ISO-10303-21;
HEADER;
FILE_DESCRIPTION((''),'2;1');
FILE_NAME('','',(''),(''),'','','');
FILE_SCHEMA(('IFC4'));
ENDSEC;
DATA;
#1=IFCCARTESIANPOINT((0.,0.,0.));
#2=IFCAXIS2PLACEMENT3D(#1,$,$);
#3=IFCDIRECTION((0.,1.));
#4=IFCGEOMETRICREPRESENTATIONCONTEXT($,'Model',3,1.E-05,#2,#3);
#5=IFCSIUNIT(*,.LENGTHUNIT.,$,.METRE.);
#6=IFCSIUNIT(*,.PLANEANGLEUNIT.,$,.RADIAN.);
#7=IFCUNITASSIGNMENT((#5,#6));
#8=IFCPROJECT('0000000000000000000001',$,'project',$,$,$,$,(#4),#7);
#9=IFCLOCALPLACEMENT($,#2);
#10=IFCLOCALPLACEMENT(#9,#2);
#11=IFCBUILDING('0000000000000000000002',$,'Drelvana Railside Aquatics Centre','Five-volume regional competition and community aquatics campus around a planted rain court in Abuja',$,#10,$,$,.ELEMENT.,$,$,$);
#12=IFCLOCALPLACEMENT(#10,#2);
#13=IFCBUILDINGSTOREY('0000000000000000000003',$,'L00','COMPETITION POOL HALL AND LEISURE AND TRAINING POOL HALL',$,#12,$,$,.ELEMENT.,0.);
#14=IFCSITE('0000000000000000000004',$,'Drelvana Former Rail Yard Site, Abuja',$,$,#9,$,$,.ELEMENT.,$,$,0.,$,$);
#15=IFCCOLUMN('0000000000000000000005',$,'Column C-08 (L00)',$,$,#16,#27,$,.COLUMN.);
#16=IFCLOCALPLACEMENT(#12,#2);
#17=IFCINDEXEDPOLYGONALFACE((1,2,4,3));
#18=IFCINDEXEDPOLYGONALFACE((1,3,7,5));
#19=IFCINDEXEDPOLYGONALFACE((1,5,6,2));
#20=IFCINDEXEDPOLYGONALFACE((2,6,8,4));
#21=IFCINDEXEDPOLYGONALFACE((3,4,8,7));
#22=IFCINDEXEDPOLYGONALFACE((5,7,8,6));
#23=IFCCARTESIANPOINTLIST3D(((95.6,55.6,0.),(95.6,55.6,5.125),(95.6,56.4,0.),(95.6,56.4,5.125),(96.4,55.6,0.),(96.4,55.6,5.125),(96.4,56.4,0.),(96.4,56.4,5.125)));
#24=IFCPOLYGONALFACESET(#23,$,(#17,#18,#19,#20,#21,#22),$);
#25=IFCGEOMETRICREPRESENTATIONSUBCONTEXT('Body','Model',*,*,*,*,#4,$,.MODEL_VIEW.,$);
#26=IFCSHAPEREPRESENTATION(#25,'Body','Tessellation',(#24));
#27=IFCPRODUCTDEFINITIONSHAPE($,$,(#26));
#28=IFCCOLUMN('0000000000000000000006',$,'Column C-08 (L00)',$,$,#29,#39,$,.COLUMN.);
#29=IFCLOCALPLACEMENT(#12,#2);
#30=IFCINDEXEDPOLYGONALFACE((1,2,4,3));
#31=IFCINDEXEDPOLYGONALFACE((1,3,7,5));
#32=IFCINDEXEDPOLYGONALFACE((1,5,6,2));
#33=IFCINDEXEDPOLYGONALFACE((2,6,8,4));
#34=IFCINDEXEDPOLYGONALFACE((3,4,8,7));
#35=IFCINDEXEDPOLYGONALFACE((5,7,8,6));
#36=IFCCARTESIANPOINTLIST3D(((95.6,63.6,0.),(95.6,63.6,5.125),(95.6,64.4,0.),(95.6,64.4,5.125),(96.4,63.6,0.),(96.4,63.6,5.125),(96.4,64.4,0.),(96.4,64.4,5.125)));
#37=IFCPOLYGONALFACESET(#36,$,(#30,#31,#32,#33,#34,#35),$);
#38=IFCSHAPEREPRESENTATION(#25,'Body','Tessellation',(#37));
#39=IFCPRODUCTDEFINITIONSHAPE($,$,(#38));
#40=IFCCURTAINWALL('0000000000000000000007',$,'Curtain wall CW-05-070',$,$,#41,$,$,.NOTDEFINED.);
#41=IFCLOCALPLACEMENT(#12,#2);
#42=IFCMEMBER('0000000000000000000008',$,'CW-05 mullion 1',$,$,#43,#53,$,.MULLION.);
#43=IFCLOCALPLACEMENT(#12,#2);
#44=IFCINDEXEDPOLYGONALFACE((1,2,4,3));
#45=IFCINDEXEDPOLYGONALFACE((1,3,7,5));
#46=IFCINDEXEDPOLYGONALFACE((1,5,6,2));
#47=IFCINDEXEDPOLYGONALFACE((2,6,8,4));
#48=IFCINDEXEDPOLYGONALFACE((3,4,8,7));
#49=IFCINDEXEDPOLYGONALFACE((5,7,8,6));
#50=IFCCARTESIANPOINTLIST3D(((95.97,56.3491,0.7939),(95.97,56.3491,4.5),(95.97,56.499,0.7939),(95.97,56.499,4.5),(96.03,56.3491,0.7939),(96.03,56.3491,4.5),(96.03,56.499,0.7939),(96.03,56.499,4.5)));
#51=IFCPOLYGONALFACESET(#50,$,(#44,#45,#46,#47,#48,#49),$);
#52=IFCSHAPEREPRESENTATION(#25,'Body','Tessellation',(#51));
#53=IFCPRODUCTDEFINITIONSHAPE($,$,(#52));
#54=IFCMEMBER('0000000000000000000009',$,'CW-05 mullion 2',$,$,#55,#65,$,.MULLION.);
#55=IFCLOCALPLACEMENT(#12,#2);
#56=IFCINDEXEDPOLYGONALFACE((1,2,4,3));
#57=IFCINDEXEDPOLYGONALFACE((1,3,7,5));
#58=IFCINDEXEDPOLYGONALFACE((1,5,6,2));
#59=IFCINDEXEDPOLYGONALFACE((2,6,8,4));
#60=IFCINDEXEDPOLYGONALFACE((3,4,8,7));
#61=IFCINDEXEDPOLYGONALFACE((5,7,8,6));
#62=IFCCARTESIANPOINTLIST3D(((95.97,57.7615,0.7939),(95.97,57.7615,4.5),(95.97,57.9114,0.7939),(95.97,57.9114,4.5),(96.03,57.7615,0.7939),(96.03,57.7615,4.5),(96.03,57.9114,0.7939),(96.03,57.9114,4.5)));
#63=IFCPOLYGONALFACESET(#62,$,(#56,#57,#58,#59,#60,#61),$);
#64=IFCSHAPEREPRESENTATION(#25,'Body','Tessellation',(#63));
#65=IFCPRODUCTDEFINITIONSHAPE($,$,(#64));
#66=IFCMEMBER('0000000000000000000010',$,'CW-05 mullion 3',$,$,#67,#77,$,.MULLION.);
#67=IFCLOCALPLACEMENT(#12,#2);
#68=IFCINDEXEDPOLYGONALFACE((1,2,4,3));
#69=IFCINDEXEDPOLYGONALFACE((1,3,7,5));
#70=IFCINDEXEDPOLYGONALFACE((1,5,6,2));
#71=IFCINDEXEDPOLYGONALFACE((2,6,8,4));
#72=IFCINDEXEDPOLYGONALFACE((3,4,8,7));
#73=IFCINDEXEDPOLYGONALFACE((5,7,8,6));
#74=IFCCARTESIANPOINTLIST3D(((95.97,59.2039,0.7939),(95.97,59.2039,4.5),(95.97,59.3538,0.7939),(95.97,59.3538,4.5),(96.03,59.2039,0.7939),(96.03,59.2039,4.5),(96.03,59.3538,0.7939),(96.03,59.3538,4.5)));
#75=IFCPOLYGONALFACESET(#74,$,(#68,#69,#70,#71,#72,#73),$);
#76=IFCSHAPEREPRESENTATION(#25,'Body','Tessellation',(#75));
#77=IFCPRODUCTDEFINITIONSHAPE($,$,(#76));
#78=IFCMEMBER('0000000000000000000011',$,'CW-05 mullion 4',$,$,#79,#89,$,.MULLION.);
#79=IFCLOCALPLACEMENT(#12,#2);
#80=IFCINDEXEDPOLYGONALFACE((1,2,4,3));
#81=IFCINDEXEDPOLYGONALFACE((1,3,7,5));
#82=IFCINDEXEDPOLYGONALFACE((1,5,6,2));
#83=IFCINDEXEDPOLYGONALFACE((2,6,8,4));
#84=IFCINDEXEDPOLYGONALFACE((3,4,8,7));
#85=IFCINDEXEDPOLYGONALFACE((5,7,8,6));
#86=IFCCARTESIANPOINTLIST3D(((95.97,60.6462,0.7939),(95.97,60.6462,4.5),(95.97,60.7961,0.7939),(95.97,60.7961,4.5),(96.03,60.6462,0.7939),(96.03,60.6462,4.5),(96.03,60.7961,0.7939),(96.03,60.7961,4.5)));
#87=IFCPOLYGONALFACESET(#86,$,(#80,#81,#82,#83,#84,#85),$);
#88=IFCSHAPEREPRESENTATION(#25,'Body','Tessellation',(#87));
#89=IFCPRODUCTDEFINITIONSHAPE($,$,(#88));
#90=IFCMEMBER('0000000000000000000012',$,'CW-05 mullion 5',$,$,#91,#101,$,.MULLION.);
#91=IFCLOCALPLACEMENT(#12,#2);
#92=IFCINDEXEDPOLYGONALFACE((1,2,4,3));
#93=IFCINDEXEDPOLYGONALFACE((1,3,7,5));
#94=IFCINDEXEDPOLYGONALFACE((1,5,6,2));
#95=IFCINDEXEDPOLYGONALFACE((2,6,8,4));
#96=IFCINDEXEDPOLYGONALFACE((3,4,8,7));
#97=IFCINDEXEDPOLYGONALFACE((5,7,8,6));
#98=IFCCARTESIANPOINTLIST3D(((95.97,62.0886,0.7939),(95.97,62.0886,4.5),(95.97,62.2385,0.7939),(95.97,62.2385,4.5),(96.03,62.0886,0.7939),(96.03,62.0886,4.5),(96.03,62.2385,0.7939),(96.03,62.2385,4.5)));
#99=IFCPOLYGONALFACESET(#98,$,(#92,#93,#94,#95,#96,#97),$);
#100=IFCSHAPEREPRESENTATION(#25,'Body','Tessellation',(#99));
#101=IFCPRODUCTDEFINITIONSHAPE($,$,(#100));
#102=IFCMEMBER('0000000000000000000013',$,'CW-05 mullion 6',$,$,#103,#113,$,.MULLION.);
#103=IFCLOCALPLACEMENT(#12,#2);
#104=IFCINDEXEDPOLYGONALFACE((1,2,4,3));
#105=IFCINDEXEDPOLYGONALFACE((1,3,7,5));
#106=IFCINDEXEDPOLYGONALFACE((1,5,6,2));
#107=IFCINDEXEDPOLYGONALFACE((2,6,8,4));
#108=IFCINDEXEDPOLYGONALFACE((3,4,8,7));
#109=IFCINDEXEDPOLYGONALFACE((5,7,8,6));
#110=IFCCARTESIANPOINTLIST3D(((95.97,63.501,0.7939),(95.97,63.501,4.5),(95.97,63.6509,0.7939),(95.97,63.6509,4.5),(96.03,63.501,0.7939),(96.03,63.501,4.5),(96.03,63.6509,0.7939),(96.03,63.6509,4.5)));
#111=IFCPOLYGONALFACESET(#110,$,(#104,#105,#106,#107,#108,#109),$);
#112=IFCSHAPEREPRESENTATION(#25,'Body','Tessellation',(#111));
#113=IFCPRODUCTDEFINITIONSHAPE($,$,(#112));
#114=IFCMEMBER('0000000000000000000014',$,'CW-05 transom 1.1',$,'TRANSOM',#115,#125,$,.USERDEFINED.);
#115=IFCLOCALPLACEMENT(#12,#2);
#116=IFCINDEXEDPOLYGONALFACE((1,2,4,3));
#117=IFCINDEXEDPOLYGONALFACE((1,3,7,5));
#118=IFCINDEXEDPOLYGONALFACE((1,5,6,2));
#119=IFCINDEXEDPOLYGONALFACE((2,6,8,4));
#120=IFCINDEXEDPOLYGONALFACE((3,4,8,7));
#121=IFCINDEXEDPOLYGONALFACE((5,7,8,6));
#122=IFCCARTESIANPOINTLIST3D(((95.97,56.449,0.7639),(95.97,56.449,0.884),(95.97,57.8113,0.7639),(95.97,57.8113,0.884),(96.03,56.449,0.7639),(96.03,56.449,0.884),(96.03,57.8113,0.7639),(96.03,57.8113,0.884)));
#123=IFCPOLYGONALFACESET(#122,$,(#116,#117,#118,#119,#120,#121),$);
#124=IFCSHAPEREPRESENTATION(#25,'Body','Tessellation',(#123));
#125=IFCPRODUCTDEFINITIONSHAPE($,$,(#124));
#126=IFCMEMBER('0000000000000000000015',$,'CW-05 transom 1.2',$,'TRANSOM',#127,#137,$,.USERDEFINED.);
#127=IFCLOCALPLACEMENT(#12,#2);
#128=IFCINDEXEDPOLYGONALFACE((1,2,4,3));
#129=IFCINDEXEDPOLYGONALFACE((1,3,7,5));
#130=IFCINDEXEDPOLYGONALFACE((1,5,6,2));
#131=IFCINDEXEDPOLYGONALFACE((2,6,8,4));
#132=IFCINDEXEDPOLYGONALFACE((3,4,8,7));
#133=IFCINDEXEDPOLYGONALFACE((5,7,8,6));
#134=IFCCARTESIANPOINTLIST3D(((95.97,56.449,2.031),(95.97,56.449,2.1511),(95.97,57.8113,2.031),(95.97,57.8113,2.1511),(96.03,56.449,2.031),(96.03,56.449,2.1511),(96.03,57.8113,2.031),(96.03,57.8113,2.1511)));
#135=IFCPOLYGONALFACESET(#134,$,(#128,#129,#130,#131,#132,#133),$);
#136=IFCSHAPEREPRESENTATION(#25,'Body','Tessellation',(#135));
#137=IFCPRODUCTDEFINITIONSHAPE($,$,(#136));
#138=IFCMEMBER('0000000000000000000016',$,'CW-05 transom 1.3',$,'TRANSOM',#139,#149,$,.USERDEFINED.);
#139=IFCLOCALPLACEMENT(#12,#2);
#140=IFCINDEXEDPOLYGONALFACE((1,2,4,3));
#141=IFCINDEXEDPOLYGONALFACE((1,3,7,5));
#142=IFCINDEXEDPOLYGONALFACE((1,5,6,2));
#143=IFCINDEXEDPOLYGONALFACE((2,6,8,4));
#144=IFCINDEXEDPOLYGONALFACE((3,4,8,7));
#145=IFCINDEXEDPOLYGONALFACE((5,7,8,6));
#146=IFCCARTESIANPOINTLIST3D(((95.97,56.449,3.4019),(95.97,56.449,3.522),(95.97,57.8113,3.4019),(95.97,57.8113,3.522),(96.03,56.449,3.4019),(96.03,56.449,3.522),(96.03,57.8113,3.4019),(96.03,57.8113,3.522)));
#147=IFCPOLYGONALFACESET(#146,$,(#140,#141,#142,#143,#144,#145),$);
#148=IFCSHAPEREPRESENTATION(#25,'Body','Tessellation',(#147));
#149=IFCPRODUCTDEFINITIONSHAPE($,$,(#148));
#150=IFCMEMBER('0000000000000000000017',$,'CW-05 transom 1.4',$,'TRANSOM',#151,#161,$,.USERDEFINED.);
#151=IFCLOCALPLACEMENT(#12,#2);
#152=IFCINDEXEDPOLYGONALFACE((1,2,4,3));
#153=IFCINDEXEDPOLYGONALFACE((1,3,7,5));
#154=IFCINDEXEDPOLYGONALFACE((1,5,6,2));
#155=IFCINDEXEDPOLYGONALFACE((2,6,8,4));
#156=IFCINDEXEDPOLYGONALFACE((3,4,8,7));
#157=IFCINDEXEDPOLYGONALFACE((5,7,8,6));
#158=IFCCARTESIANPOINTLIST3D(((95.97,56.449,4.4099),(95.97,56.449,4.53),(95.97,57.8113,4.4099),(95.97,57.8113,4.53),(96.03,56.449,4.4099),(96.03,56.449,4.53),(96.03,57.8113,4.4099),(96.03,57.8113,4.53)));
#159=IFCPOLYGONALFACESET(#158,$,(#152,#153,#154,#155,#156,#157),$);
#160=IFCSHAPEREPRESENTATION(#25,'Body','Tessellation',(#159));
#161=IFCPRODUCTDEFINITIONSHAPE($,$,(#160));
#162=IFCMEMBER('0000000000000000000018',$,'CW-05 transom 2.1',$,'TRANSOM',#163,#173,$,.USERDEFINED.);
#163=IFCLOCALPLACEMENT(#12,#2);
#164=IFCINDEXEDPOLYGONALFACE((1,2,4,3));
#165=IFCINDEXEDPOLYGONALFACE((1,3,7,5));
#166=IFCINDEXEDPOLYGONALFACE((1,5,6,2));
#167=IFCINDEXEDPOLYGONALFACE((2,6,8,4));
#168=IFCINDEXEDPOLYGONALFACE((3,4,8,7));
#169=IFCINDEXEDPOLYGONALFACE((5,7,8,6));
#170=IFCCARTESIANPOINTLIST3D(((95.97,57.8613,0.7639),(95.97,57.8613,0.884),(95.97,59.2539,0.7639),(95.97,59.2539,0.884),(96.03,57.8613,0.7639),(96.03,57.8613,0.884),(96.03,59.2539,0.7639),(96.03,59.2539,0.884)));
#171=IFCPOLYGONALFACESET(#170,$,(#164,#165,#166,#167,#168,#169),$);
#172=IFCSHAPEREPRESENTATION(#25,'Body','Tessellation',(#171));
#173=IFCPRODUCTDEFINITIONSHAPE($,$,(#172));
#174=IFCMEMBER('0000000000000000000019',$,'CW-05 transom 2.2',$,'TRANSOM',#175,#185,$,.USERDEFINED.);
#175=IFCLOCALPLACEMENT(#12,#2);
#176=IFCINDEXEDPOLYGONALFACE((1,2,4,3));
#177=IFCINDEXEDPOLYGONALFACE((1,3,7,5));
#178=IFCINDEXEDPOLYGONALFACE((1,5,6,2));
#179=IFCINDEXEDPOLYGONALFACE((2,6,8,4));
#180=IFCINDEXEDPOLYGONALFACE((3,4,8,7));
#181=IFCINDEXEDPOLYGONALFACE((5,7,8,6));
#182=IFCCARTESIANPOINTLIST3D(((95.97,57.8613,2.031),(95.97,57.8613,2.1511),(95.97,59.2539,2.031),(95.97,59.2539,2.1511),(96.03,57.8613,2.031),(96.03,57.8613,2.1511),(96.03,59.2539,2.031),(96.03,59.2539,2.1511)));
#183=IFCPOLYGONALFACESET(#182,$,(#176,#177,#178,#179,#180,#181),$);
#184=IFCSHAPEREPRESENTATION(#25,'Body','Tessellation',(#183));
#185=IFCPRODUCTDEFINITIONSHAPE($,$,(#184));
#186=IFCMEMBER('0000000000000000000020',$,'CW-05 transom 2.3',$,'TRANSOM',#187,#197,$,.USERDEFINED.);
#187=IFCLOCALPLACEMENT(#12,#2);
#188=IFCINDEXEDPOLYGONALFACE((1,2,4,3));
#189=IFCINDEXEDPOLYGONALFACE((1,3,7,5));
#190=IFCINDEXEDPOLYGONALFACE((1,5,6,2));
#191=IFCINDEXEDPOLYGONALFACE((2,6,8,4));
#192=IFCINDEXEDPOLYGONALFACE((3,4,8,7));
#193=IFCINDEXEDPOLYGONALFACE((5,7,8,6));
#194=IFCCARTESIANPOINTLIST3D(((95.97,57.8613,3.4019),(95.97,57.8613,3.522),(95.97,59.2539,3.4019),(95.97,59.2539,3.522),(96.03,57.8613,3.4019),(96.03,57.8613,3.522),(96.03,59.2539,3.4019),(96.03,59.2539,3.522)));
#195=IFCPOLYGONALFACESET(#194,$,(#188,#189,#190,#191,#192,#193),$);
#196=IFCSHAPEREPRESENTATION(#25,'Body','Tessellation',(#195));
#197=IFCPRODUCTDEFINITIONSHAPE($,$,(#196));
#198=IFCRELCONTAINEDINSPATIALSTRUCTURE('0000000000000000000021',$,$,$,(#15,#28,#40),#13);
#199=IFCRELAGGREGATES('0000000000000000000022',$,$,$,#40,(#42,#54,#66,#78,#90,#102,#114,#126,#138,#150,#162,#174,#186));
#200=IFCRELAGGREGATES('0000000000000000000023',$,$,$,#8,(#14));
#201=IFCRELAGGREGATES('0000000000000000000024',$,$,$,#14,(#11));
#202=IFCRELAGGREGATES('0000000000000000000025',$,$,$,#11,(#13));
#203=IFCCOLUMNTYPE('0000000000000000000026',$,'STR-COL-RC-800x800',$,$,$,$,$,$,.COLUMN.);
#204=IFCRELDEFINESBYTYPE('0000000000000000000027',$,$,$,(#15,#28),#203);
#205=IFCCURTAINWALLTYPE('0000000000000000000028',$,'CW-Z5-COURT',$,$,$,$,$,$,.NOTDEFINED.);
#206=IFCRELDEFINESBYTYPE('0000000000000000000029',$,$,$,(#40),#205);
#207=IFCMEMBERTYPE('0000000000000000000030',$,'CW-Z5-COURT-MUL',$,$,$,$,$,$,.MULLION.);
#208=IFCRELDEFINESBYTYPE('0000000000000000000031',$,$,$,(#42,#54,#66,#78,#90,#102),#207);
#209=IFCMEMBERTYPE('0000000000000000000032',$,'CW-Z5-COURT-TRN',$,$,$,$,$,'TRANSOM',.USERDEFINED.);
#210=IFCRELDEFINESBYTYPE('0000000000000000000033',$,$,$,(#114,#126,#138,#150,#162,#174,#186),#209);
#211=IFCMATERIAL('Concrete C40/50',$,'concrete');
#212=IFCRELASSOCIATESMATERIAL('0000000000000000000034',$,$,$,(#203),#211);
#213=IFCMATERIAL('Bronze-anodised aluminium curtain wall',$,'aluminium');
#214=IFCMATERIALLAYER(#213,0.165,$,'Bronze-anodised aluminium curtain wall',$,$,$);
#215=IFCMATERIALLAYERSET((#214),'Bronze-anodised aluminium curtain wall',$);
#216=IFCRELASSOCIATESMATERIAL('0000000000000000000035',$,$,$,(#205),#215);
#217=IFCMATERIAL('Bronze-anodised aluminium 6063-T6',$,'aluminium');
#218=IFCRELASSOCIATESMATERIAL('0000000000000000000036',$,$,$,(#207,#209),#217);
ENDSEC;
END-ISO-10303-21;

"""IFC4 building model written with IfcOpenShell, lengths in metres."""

from ifc_helpers import new_model, si_unit, direction, frame, origin, origin_2d, place, context, subcontext, project, spatial, rectangle, extrude, material, layer, layer_set, material_profile, profile_set, type_object, element, aggregate, save


model = new_model("IFC4")

# Units and contexts
model_context = context("Model", 3, precision=1e-05, world=origin(), true_north=direction((0.0, 1.0)))
body_context = subcontext(model_context, "Body", "Model", "MODEL_VIEW")
ifc_project = project(units=[si_unit("LENGTHUNIT", "METRE"), si_unit("PLANEANGLEUNIT", "RADIAN")], contexts=[model_context])

# Site, building, storey
site_placement = place(None, origin())
site = spatial("IfcSite", under=ifc_project, at=site_placement, Name="Drelvana Former Rail Yard Site, Abuja", CompositionType="ELEMENT", RefElevation=0.0)
building_placement = place(site_placement, origin())
building = spatial("IfcBuilding", under=site, at=building_placement, Name="Drelvana Railside Aquatics Centre", Description="Five-volume regional competition and community aquatics campus around a planted rain court in Abuja", CompositionType="ELEMENT")
storey_placement = place(building_placement, origin())
storey = spatial("IfcBuildingStorey", under=building, at=storey_placement, Name="L00", Description="COMPETITION POOL HALL AND LEISURE AND TRAINING POOL HALL", CompositionType="ELEMENT", Elevation=0.0)

# Columns
ifc_material_1 = material(Name="Concrete C40/50", Category="concrete")
ifc_material_profile_1 = material_profile(ifc_material_1, rectangle(XDim=0.8, YDim=0.8, at=origin_2d()), Name="RC 800x800")
ifc_profile_set_1 = profile_set([ifc_material_profile_1], Name="Concrete C40/50")
column_type = type_object("IfcColumnType", Name="STR-COL-RC-800x800", PredefinedType="COLUMN", material=ifc_profile_set_1)
for number, where, z_axis, x_axis, name in (
    (1, (96.0, 56.0, 0.0), (0.0, 0.0, 1.0), (1.0, 0.0, 0.0), "Column C-08 (L00)"),
    (2, (96.0, 64.0, 0.0), (0.0, 0.0, 1.0), (1.0, 0.0, 0.0), "Column C-08 (L00)"),
):
    element("IfcColumn", number, at=place(storey_placement, frame(where, z_axis=z_axis, x_axis=x_axis)), inside=storey, type_object=column_type, Name=name, PredefinedType="COLUMN", context=body_context, shape_type="SweptSolid", body=[
        extrude(rectangle(XDim=0.8, YDim=0.8, at=origin_2d()), origin(), (0.0, 0.0, 1.0), 5.125),
    ])

# Curtain wall, members
ifc_material_2 = material(Name="Bronze-anodised aluminium curtain wall", Category="aluminium")
ifc_layer_1 = layer(ifc_material_2, 0.165, Name="Bronze-anodised aluminium curtain wall")
ifc_layer_set_1 = layer_set([ifc_layer_1], Name="Bronze-anodised aluminium curtain wall")
curtain_wall_type = type_object("IfcCurtainWallType", Name="CW-Z5-COURT", PredefinedType="NOTDEFINED", material=ifc_layer_set_1)
curtain_wall_placement = place(storey_placement, origin())
curtain_wall = element("IfcCurtainWall", 3, at=curtain_wall_placement, inside=storey, type_object=curtain_wall_type, Name="Curtain wall CW-05-070", PredefinedType="NOTDEFINED")
ifc_material_3 = material(Name="Bronze-anodised aluminium 6063-T6", Category="aluminium")
ifc_material_profile_2 = material_profile(ifc_material_3, rectangle(XDim=0.0601, YDim=0.1499, at=origin_2d()), Name="ALU-M 60x150")
ifc_profile_set_2 = profile_set([ifc_material_profile_2], Name="Bronze-anodised aluminium 6063-T6")
member_type_1 = type_object("IfcMemberType", Name="CW-Z5-COURT-MUL", PredefinedType="MULLION", material=ifc_profile_set_2)
member_1_placement = place(storey_placement, frame((96.0, 56.4241, 0.7939), z_axis=(0.0, 0.0, 1.0), x_axis=(-1.0, 0.0, 0.0)))
member_1 = element("IfcMember", 4, at=member_1_placement, type_object=member_type_1, Name="CW-05 mullion 1", PredefinedType="MULLION", context=body_context, shape_type="SweptSolid", body=[
    extrude(rectangle(XDim=0.0601, YDim=0.1499, at=origin_2d()), origin(), (0.0, 0.0, 1.0), 3.7061),
])
member_2_placement = place(storey_placement, frame((96.0, 57.8364, 0.7939), z_axis=(0.0, 0.0, 1.0), x_axis=(-1.0, 0.0, 0.0)))
member_2 = element("IfcMember", 5, at=member_2_placement, type_object=member_type_1, Name="CW-05 mullion 2", PredefinedType="MULLION", context=body_context, shape_type="SweptSolid", body=[
    extrude(rectangle(XDim=0.0601, YDim=0.1499, at=origin_2d()), origin(), (0.0, 0.0, 1.0), 3.7061),
])
member_3_placement = place(storey_placement, frame((96.0, 59.2788, 0.7939), z_axis=(0.0, 0.0, 1.0), x_axis=(-1.0, 0.0, 0.0)))
member_3 = element("IfcMember", 6, at=member_3_placement, type_object=member_type_1, Name="CW-05 mullion 3", PredefinedType="MULLION", context=body_context, shape_type="SweptSolid", body=[
    extrude(rectangle(XDim=0.0601, YDim=0.1499, at=origin_2d()), origin(), (0.0, 0.0, 1.0), 3.7061),
])
member_4_placement = place(storey_placement, frame((96.0, 60.7212, 0.7939), z_axis=(0.0, 0.0, 1.0), x_axis=(-1.0, 0.0, 0.0)))
member_4 = element("IfcMember", 7, at=member_4_placement, type_object=member_type_1, Name="CW-05 mullion 4", PredefinedType="MULLION", context=body_context, shape_type="SweptSolid", body=[
    extrude(rectangle(XDim=0.0601, YDim=0.1499, at=origin_2d()), origin(), (0.0, 0.0, 1.0), 3.7061),
])
member_5_placement = place(storey_placement, frame((96.0, 62.1636, 0.7939), z_axis=(0.0, 0.0, 1.0), x_axis=(-1.0, 0.0, 0.0)))
member_5 = element("IfcMember", 8, at=member_5_placement, type_object=member_type_1, Name="CW-05 mullion 5", PredefinedType="MULLION", context=body_context, shape_type="SweptSolid", body=[
    extrude(rectangle(XDim=0.0601, YDim=0.1499, at=origin_2d()), origin(), (0.0, 0.0, 1.0), 3.7061),
])
member_6_placement = place(storey_placement, frame((96.0, 63.5759, 0.7939), z_axis=(0.0, 0.0, 1.0), x_axis=(-1.0, 0.0, 0.0)))
member_6 = element("IfcMember", 9, at=member_6_placement, type_object=member_type_1, Name="CW-05 mullion 6", PredefinedType="MULLION", context=body_context, shape_type="SweptSolid", body=[
    extrude(rectangle(XDim=0.0601, YDim=0.1499, at=origin_2d()), origin(), (0.0, 0.0, 1.0), 3.7061),
])
ifc_material_profile_3 = material_profile(ifc_material_3, rectangle(XDim=0.1201, YDim=0.0601, at=origin_2d()), Name="ALU-T 60x120")
ifc_profile_set_3 = profile_set([ifc_material_profile_3], Name="Bronze-anodised aluminium 6063-T6")
member_type_2 = type_object("IfcMemberType", Name="CW-Z5-COURT-TRN", ElementType="TRANSOM", PredefinedType="USERDEFINED", material=ifc_profile_set_3)
member_7_placement = place(storey_placement, frame((96.0, 56.449, 0.824), z_axis=(0.0, 1.0, 0.0), x_axis=(0.0, 0.0, 1.0)))
member_7 = element("IfcMember", 10, at=member_7_placement, type_object=member_type_2, Name="CW-05 transom 1.1", ObjectType="TRANSOM", PredefinedType="USERDEFINED", context=body_context, shape_type="SweptSolid", body=[
    extrude(rectangle(XDim=0.1201, YDim=0.0601, at=origin_2d()), origin(), (0.0, 0.0, 1.0), 1.3623),
])
member_8_placement = place(storey_placement, frame((96.0, 56.449, 2.0911), z_axis=(0.0, 1.0, 0.0), x_axis=(0.0, 0.0, 1.0)))
member_8 = element("IfcMember", 11, at=member_8_placement, type_object=member_type_2, Name="CW-05 transom 1.2", ObjectType="TRANSOM", PredefinedType="USERDEFINED", context=body_context, shape_type="SweptSolid", body=[
    extrude(rectangle(XDim=0.1201, YDim=0.0601, at=origin_2d()), origin(), (0.0, 0.0, 1.0), 1.3623),
])
member_9_placement = place(storey_placement, frame((96.0, 56.449, 3.4619), z_axis=(0.0, 1.0, 0.0), x_axis=(0.0, 0.0, 1.0)))
member_9 = element("IfcMember", 12, at=member_9_placement, type_object=member_type_2, Name="CW-05 transom 1.3", ObjectType="TRANSOM", PredefinedType="USERDEFINED", context=body_context, shape_type="SweptSolid", body=[
    extrude(rectangle(XDim=0.1201, YDim=0.0601, at=origin_2d()), origin(), (0.0, 0.0, 1.0), 1.3623),
])
member_10_placement = place(storey_placement, frame((96.0, 56.449, 4.47), z_axis=(0.0, 1.0, 0.0), x_axis=(0.0, 0.0, 1.0)))
member_10 = element("IfcMember", 13, at=member_10_placement, type_object=member_type_2, Name="CW-05 transom 1.4", ObjectType="TRANSOM", PredefinedType="USERDEFINED", context=body_context, shape_type="SweptSolid", body=[
    extrude(rectangle(XDim=0.1201, YDim=0.0601, at=origin_2d()), origin(), (0.0, 0.0, 1.0), 1.3623),
])
member_11_placement = place(storey_placement, frame((96.0, 57.8613, 0.824), z_axis=(0.0, 1.0, 0.0), x_axis=(0.0, 0.0, 1.0)))
member_11 = element("IfcMember", 14, at=member_11_placement, type_object=member_type_2, Name="CW-05 transom 2.1", ObjectType="TRANSOM", PredefinedType="USERDEFINED", context=body_context, shape_type="SweptSolid", body=[
    extrude(rectangle(XDim=0.1201, YDim=0.0601, at=origin_2d()), origin(), (0.0, 0.0, 1.0), 1.3926),
])
member_12_placement = place(storey_placement, frame((96.0, 57.8613, 2.0911), z_axis=(0.0, 1.0, 0.0), x_axis=(0.0, 0.0, 1.0)))
member_12 = element("IfcMember", 15, at=member_12_placement, type_object=member_type_2, Name="CW-05 transom 2.2", ObjectType="TRANSOM", PredefinedType="USERDEFINED", context=body_context, shape_type="SweptSolid", body=[
    extrude(rectangle(XDim=0.1201, YDim=0.0601, at=origin_2d()), origin(), (0.0, 0.0, 1.0), 1.3926),
])
member_13_placement = place(storey_placement, frame((96.0, 57.8613, 3.4619), z_axis=(0.0, 1.0, 0.0), x_axis=(0.0, 0.0, 1.0)))
member_13 = element("IfcMember", 16, at=member_13_placement, type_object=member_type_2, Name="CW-05 transom 2.3", ObjectType="TRANSOM", PredefinedType="USERDEFINED", context=body_context, shape_type="SweptSolid", body=[
    extrude(rectangle(XDim=0.1201, YDim=0.0601, at=origin_2d()), origin(), (0.0, 0.0, 1.0), 1.3926),
])

aggregate(curtain_wall, [member_1, member_2, member_3, member_4, member_5, member_6, member_7, member_8, member_9, member_10, member_11, member_12, member_13])

save(model, "model.ifc")
